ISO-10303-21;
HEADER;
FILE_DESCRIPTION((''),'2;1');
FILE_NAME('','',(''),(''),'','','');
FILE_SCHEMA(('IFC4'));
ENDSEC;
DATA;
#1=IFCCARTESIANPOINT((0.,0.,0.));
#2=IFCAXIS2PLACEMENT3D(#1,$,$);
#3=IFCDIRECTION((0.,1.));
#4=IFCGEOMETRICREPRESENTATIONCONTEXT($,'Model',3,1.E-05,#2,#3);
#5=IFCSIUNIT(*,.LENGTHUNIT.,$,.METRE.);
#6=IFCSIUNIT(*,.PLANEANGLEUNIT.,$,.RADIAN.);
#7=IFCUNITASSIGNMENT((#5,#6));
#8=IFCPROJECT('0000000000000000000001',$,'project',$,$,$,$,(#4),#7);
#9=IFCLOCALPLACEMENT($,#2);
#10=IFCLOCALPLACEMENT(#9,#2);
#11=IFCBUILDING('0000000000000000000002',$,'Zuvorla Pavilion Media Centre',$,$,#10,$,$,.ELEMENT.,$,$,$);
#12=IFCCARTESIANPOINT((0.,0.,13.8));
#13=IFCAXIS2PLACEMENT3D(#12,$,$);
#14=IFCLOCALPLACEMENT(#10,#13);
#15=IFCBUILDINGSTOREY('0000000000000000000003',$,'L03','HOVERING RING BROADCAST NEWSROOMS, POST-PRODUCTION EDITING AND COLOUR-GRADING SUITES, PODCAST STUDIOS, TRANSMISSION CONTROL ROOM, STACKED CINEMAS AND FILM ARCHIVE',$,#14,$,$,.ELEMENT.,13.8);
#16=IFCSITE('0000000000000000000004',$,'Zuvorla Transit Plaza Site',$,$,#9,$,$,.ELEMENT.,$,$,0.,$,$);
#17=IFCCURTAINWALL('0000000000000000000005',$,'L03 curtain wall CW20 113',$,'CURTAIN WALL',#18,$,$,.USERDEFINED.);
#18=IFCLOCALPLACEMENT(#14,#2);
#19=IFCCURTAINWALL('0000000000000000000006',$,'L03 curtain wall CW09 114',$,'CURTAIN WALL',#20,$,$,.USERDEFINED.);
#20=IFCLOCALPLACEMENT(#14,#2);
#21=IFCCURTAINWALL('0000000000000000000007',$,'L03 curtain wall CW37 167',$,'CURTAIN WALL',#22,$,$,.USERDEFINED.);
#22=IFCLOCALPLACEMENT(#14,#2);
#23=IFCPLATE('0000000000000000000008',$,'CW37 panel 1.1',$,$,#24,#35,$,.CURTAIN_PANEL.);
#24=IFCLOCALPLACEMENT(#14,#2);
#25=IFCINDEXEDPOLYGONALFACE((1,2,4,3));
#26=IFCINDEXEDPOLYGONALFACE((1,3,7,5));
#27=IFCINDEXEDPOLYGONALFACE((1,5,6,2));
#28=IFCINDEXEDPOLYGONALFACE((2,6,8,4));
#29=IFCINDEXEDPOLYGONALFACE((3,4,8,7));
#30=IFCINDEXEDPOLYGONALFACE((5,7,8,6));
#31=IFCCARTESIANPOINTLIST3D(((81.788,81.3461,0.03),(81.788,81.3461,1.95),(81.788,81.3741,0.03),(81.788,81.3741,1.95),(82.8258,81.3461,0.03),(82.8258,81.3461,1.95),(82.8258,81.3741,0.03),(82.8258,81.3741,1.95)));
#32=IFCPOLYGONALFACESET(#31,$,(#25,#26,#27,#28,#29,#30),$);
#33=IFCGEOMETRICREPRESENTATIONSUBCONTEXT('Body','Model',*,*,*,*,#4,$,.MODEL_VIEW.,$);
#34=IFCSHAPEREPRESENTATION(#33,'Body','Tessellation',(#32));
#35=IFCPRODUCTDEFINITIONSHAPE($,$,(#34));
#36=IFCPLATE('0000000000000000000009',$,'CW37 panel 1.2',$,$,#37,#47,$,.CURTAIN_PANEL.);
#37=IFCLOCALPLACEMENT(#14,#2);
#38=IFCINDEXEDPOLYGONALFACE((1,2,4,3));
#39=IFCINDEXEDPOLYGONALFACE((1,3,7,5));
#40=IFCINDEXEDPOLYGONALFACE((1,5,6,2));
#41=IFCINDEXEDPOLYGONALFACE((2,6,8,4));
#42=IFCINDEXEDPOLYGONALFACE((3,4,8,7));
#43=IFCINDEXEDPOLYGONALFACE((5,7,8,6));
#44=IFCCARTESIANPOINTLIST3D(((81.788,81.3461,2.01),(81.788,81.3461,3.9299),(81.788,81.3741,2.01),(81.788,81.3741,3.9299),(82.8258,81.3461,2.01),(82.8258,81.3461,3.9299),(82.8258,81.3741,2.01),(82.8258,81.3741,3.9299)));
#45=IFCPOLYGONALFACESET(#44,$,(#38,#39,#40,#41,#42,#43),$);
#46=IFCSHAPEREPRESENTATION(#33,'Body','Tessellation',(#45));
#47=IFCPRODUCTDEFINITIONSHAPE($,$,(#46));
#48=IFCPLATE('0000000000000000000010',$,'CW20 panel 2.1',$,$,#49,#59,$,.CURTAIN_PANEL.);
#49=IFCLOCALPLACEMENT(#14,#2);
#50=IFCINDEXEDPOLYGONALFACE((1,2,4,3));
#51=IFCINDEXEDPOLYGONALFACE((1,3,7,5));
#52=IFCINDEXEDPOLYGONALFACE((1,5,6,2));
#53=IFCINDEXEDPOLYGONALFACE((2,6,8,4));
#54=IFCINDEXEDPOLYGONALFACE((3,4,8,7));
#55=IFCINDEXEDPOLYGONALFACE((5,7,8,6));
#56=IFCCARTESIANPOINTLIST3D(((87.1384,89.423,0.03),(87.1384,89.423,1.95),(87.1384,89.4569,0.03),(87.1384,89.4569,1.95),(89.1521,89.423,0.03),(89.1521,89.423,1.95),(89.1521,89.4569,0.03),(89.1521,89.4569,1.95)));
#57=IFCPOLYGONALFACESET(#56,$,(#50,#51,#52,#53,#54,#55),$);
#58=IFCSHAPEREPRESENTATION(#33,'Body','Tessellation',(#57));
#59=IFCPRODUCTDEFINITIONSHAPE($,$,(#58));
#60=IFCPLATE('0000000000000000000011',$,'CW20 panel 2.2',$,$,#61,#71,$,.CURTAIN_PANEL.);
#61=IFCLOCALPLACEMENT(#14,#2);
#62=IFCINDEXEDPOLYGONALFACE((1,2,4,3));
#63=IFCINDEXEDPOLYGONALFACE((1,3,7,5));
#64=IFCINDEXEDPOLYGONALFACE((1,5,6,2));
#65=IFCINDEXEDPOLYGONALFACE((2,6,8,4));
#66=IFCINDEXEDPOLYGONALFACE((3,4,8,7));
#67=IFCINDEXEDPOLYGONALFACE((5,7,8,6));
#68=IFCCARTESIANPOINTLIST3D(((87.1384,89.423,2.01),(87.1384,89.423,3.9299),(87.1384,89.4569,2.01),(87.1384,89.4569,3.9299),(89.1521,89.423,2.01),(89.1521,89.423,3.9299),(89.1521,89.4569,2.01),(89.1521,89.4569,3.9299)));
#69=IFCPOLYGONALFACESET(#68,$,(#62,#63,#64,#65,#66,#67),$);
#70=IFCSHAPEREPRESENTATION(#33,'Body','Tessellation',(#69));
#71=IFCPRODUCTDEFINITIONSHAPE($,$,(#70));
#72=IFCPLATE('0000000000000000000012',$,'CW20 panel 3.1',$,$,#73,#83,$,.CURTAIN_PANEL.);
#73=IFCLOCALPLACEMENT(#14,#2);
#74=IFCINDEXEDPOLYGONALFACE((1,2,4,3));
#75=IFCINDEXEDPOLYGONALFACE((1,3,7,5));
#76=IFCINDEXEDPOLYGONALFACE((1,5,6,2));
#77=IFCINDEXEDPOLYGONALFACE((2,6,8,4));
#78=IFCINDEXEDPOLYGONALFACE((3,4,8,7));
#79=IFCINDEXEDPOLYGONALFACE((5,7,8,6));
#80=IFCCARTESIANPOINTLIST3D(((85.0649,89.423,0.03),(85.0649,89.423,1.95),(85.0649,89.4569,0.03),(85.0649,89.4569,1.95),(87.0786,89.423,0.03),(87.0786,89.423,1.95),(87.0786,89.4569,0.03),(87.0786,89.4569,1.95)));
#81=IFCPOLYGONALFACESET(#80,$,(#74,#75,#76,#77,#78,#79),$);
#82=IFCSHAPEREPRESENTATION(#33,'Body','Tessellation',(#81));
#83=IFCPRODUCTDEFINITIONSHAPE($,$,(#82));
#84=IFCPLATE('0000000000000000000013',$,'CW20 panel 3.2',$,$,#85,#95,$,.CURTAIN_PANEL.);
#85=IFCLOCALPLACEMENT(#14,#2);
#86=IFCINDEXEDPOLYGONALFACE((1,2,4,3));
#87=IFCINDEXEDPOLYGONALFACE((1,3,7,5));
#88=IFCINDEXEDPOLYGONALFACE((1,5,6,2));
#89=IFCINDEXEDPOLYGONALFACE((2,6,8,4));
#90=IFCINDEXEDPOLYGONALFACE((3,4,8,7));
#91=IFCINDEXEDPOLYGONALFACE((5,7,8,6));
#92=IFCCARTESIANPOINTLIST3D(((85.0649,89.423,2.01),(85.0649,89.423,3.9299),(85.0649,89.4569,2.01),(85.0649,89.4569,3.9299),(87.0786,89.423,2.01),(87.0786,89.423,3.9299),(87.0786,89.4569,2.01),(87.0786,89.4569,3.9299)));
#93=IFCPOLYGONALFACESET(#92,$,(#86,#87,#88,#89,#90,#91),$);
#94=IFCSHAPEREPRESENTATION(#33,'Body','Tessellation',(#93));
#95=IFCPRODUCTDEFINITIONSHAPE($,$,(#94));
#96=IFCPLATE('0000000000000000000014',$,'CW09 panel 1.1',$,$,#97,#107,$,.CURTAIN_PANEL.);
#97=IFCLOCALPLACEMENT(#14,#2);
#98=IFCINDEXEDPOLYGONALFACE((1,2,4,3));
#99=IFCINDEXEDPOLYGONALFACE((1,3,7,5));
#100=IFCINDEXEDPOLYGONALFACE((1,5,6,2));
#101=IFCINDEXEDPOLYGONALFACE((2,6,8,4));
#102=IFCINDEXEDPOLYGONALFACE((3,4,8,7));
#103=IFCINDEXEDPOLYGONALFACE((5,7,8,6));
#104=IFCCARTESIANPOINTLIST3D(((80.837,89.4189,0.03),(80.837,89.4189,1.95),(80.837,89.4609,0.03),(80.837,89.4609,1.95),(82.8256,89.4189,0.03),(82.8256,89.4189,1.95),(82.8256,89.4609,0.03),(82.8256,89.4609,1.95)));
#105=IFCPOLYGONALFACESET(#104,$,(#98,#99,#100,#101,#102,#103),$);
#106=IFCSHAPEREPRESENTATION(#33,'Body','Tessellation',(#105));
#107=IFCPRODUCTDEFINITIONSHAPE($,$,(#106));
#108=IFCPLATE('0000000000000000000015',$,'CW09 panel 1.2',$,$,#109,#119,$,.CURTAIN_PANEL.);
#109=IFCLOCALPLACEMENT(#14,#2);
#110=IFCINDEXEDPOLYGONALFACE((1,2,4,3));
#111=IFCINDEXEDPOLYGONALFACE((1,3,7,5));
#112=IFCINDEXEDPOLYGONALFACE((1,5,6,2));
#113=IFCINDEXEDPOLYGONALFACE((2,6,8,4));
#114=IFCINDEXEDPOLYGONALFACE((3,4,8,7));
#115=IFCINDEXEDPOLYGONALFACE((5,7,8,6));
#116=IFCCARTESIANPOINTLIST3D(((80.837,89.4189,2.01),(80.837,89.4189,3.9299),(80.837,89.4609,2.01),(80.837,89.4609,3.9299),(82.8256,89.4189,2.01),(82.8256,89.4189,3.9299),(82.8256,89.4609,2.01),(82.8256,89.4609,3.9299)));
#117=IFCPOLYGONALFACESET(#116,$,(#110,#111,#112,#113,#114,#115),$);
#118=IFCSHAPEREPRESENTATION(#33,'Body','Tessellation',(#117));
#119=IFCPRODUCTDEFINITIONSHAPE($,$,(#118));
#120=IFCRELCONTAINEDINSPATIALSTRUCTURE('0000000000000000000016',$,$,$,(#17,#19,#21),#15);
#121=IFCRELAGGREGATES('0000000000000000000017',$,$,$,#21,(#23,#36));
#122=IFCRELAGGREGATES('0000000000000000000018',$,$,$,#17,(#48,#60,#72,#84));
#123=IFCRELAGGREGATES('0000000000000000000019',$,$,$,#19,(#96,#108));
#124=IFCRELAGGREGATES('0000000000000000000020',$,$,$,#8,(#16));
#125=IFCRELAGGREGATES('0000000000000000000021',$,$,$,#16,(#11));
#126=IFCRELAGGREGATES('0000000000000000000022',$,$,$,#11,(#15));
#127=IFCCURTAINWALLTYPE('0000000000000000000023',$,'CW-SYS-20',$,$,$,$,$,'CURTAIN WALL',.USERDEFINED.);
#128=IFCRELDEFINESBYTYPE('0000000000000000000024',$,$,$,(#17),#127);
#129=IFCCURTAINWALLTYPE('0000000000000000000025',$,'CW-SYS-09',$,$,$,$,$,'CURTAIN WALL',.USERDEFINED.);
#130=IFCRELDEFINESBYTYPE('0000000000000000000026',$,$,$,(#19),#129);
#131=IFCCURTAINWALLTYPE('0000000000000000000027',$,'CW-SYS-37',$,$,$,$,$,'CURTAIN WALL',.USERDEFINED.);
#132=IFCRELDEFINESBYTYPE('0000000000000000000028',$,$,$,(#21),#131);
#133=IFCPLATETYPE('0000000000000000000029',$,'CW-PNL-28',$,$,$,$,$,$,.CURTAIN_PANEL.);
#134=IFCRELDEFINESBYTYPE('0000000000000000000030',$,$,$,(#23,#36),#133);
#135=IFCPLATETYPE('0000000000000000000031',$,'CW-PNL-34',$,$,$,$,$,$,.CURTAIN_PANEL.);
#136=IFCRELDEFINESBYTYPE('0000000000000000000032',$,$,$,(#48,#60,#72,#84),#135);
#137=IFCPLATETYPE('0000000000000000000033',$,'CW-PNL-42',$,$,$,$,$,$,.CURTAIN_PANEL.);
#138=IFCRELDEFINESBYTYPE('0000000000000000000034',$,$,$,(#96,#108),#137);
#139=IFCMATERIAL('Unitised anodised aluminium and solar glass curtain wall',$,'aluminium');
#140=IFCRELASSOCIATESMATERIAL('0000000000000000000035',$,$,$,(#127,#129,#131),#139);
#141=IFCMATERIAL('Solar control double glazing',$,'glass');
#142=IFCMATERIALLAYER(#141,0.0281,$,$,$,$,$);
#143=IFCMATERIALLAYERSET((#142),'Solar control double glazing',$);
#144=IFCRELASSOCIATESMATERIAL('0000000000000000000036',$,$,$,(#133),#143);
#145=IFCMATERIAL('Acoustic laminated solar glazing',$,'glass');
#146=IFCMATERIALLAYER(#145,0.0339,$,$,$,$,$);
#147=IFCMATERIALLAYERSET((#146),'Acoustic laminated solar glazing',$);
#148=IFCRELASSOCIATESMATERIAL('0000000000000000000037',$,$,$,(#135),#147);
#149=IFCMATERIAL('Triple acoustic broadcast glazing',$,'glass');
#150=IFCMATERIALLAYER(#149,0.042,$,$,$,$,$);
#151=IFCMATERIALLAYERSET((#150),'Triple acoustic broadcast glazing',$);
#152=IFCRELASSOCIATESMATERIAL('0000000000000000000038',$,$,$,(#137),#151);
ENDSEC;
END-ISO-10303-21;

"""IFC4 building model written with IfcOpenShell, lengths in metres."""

from ifc_helpers import new_model, si_unit, direction, frame, origin, origin_2d, place, context, subcontext, project, spatial, rectangle, extrude, material, layer, layer_set, type_object, element, aggregate, save


model = new_model("IFC4")

# Units and contexts
model_context = context("Model", 3, precision=1e-05, world=origin(), true_north=direction((0.0, 1.0)))
body_context = subcontext(model_context, "Body", "Model", "MODEL_VIEW")
ifc_project = project(units=[si_unit("LENGTHUNIT", "METRE"), si_unit("PLANEANGLEUNIT", "RADIAN")], contexts=[model_context])

# Site, building, storey
site_placement = place(None, origin())
site = spatial("IfcSite", under=ifc_project, at=site_placement, Name="Zuvorla Transit Plaza Site", CompositionType="ELEMENT", RefElevation=0.0)
building_placement = place(site_placement, origin())
building = spatial("IfcBuilding", under=site, at=building_placement, Name="Zuvorla Pavilion Media Centre", CompositionType="ELEMENT")
storey_placement = place(building_placement, frame((0.0, 0.0, 13.8)))
storey = spatial("IfcBuildingStorey", under=building, at=storey_placement, Name="L03", Description="HOVERING RING BROADCAST NEWSROOMS, POST-PRODUCTION EDITING AND COLOUR-GRADING SUITES, PODCAST STUDIOS, TRANSMISSION CONTROL ROOM, STACKED CINEMAS AND FILM ARCHIVE", CompositionType="ELEMENT", Elevation=13.8)

# Curtain wall
ifc_material_1 = material(Name="Unitised anodised aluminium and solar glass curtain wall", Category="aluminium")
curtain_wall_type_1 = type_object("IfcCurtainWallType", Name="CW-SYS-20", ElementType="CURTAIN WALL", PredefinedType="USERDEFINED", material=ifc_material_1)
curtain_wall_1_placement = place(storey_placement, origin())
curtain_wall_1 = element("IfcCurtainWall", 1, at=curtain_wall_1_placement, inside=storey, type_object=curtain_wall_type_1, Name="L03 curtain wall CW20 113", ObjectType="CURTAIN WALL", PredefinedType="USERDEFINED")

# Curtain wall
curtain_wall_type_2 = type_object("IfcCurtainWallType", Name="CW-SYS-09", ElementType="CURTAIN WALL", PredefinedType="USERDEFINED", material=ifc_material_1)
curtain_wall_2_placement = place(storey_placement, origin())
curtain_wall_2 = element("IfcCurtainWall", 2, at=curtain_wall_2_placement, inside=storey, type_object=curtain_wall_type_2, Name="L03 curtain wall CW09 114", ObjectType="CURTAIN WALL", PredefinedType="USERDEFINED")

# Curtain wall
curtain_wall_type_3 = type_object("IfcCurtainWallType", Name="CW-SYS-37", ElementType="CURTAIN WALL", PredefinedType="USERDEFINED", material=ifc_material_1)
curtain_wall_3_placement = place(storey_placement, origin())
curtain_wall_3 = element("IfcCurtainWall", 3, at=curtain_wall_3_placement, inside=storey, type_object=curtain_wall_type_3, Name="L03 curtain wall CW37 167", ObjectType="CURTAIN WALL", PredefinedType="USERDEFINED")

# Plates
ifc_material_2 = material(Name="Solar control double glazing", Category="glass")
ifc_layer_1 = layer(ifc_material_2, 0.0281)
ifc_layer_set_1 = layer_set([ifc_layer_1], Name="Solar control double glazing")
plate_type_1 = type_object("IfcPlateType", Name="CW-PNL-28", PredefinedType="CURTAIN_PANEL", material=ifc_layer_set_1)
plate_1_placement = place(storey_placement, frame((82.3069, 81.3601, 0.03), z_axis=(0.0, 0.0, 1.0), x_axis=(-1.0, 0.0, 0.0)))
plate_1 = element("IfcPlate", 4, at=plate_1_placement, type_object=plate_type_1, Name="CW37 panel 1.1", PredefinedType="CURTAIN_PANEL", context=body_context, shape_type="SweptSolid", body=[
    extrude(rectangle(XDim=1.0378, YDim=0.0281, at=origin_2d()), origin(), (0.0, 0.0, 1.0), 1.9199),
])
plate_2_placement = place(storey_placement, frame((82.3069, 81.3601, 2.01), z_axis=(0.0, 0.0, 1.0), x_axis=(-1.0, 0.0, 0.0)))
plate_2 = element("IfcPlate", 5, at=plate_2_placement, type_object=plate_type_1, Name="CW37 panel 1.2", PredefinedType="CURTAIN_PANEL", context=body_context, shape_type="SweptSolid", body=[
    extrude(rectangle(XDim=1.0378, YDim=0.0281, at=origin_2d()), origin(), (0.0, 0.0, 1.0), 1.9199),
])
aggregate(curtain_wall_3, [plate_1, plate_2])
ifc_material_3 = material(Name="Acoustic laminated solar glazing", Category="glass")
ifc_layer_2 = layer(ifc_material_3, 0.0339)
ifc_layer_set_2 = layer_set([ifc_layer_2], Name="Acoustic laminated solar glazing")
plate_type_2 = type_object("IfcPlateType", Name="CW-PNL-34", PredefinedType="CURTAIN_PANEL", material=ifc_layer_set_2)
plate_3_placement = place(storey_placement, frame((88.1453, 89.4399, 0.03), z_axis=(0.0, 0.0, 1.0), x_axis=(-1.0, 0.0, 0.0)))
plate_3 = element("IfcPlate", 6, at=plate_3_placement, type_object=plate_type_2, Name="CW20 panel 2.1", PredefinedType="CURTAIN_PANEL", context=body_context, shape_type="SweptSolid", body=[
    extrude(rectangle(XDim=2.0137, YDim=0.0339, at=origin_2d()), origin(), (0.0, 0.0, 1.0), 1.9199),
])
plate_4_placement = place(storey_placement, frame((88.1453, 89.4399, 2.01), z_axis=(0.0, 0.0, 1.0), x_axis=(-1.0, 0.0, 0.0)))
plate_4 = element("IfcPlate", 7, at=plate_4_placement, type_object=plate_type_2, Name="CW20 panel 2.2", PredefinedType="CURTAIN_PANEL", context=body_context, shape_type="SweptSolid", body=[
    extrude(rectangle(XDim=2.0137, YDim=0.0339, at=origin_2d()), origin(), (0.0, 0.0, 1.0), 1.9199),
])
plate_5_placement = place(storey_placement, frame((86.0718, 89.4399, 0.03), z_axis=(0.0, 0.0, 1.0), x_axis=(-1.0, 0.0, 0.0)))
plate_5 = element("IfcPlate", 8, at=plate_5_placement, type_object=plate_type_2, Name="CW20 panel 3.1", PredefinedType="CURTAIN_PANEL", context=body_context, shape_type="SweptSolid", body=[
    extrude(rectangle(XDim=2.0137, YDim=0.0339, at=origin_2d()), origin(), (0.0, 0.0, 1.0), 1.9199),
])
plate_6_placement = place(storey_placement, frame((86.0718, 89.4399, 2.01), z_axis=(0.0, 0.0, 1.0), x_axis=(-1.0, 0.0, 0.0)))
plate_6 = element("IfcPlate", 9, at=plate_6_placement, type_object=plate_type_2, Name="CW20 panel 3.2", PredefinedType="CURTAIN_PANEL", context=body_context, shape_type="SweptSolid", body=[
    extrude(rectangle(XDim=2.0137, YDim=0.0339, at=origin_2d()), origin(), (0.0, 0.0, 1.0), 1.9199),
])
aggregate(curtain_wall_1, [plate_3, plate_4, plate_5, plate_6])
ifc_material_4 = material(Name="Triple acoustic broadcast glazing", Category="glass")
ifc_layer_3 = layer(ifc_material_4, 0.042)
ifc_layer_set_3 = layer_set([ifc_layer_3], Name="Triple acoustic broadcast glazing")
plate_type_3 = type_object("IfcPlateType", Name="CW-PNL-42", PredefinedType="CURTAIN_PANEL", material=ifc_layer_set_3)
plate_7_placement = place(storey_placement, frame((81.8313, 89.4399, 0.03), z_axis=(0.0, 0.0, 1.0), x_axis=(-1.0, 0.0, 0.0)))
plate_7 = element("IfcPlate", 10, at=plate_7_placement, type_object=plate_type_3, Name="CW09 panel 1.1", PredefinedType="CURTAIN_PANEL", context=body_context, shape_type="SweptSolid", body=[
    extrude(rectangle(XDim=1.9885, YDim=0.042, at=origin_2d()), origin(), (0.0, 0.0, 1.0), 1.9199),
])
plate_8_placement = place(storey_placement, frame((81.8313, 89.4399, 2.01), z_axis=(0.0, 0.0, 1.0), x_axis=(-1.0, 0.0, 0.0)))
plate_8 = element("IfcPlate", 11, at=plate_8_placement, type_object=plate_type_3, Name="CW09 panel 1.2", PredefinedType="CURTAIN_PANEL", context=body_context, shape_type="SweptSolid", body=[
    extrude(rectangle(XDim=1.9885, YDim=0.042, at=origin_2d()), origin(), (0.0, 0.0, 1.0), 1.9199),
])
aggregate(curtain_wall_2, [plate_7, plate_8])

save(model, "model.ifc")
